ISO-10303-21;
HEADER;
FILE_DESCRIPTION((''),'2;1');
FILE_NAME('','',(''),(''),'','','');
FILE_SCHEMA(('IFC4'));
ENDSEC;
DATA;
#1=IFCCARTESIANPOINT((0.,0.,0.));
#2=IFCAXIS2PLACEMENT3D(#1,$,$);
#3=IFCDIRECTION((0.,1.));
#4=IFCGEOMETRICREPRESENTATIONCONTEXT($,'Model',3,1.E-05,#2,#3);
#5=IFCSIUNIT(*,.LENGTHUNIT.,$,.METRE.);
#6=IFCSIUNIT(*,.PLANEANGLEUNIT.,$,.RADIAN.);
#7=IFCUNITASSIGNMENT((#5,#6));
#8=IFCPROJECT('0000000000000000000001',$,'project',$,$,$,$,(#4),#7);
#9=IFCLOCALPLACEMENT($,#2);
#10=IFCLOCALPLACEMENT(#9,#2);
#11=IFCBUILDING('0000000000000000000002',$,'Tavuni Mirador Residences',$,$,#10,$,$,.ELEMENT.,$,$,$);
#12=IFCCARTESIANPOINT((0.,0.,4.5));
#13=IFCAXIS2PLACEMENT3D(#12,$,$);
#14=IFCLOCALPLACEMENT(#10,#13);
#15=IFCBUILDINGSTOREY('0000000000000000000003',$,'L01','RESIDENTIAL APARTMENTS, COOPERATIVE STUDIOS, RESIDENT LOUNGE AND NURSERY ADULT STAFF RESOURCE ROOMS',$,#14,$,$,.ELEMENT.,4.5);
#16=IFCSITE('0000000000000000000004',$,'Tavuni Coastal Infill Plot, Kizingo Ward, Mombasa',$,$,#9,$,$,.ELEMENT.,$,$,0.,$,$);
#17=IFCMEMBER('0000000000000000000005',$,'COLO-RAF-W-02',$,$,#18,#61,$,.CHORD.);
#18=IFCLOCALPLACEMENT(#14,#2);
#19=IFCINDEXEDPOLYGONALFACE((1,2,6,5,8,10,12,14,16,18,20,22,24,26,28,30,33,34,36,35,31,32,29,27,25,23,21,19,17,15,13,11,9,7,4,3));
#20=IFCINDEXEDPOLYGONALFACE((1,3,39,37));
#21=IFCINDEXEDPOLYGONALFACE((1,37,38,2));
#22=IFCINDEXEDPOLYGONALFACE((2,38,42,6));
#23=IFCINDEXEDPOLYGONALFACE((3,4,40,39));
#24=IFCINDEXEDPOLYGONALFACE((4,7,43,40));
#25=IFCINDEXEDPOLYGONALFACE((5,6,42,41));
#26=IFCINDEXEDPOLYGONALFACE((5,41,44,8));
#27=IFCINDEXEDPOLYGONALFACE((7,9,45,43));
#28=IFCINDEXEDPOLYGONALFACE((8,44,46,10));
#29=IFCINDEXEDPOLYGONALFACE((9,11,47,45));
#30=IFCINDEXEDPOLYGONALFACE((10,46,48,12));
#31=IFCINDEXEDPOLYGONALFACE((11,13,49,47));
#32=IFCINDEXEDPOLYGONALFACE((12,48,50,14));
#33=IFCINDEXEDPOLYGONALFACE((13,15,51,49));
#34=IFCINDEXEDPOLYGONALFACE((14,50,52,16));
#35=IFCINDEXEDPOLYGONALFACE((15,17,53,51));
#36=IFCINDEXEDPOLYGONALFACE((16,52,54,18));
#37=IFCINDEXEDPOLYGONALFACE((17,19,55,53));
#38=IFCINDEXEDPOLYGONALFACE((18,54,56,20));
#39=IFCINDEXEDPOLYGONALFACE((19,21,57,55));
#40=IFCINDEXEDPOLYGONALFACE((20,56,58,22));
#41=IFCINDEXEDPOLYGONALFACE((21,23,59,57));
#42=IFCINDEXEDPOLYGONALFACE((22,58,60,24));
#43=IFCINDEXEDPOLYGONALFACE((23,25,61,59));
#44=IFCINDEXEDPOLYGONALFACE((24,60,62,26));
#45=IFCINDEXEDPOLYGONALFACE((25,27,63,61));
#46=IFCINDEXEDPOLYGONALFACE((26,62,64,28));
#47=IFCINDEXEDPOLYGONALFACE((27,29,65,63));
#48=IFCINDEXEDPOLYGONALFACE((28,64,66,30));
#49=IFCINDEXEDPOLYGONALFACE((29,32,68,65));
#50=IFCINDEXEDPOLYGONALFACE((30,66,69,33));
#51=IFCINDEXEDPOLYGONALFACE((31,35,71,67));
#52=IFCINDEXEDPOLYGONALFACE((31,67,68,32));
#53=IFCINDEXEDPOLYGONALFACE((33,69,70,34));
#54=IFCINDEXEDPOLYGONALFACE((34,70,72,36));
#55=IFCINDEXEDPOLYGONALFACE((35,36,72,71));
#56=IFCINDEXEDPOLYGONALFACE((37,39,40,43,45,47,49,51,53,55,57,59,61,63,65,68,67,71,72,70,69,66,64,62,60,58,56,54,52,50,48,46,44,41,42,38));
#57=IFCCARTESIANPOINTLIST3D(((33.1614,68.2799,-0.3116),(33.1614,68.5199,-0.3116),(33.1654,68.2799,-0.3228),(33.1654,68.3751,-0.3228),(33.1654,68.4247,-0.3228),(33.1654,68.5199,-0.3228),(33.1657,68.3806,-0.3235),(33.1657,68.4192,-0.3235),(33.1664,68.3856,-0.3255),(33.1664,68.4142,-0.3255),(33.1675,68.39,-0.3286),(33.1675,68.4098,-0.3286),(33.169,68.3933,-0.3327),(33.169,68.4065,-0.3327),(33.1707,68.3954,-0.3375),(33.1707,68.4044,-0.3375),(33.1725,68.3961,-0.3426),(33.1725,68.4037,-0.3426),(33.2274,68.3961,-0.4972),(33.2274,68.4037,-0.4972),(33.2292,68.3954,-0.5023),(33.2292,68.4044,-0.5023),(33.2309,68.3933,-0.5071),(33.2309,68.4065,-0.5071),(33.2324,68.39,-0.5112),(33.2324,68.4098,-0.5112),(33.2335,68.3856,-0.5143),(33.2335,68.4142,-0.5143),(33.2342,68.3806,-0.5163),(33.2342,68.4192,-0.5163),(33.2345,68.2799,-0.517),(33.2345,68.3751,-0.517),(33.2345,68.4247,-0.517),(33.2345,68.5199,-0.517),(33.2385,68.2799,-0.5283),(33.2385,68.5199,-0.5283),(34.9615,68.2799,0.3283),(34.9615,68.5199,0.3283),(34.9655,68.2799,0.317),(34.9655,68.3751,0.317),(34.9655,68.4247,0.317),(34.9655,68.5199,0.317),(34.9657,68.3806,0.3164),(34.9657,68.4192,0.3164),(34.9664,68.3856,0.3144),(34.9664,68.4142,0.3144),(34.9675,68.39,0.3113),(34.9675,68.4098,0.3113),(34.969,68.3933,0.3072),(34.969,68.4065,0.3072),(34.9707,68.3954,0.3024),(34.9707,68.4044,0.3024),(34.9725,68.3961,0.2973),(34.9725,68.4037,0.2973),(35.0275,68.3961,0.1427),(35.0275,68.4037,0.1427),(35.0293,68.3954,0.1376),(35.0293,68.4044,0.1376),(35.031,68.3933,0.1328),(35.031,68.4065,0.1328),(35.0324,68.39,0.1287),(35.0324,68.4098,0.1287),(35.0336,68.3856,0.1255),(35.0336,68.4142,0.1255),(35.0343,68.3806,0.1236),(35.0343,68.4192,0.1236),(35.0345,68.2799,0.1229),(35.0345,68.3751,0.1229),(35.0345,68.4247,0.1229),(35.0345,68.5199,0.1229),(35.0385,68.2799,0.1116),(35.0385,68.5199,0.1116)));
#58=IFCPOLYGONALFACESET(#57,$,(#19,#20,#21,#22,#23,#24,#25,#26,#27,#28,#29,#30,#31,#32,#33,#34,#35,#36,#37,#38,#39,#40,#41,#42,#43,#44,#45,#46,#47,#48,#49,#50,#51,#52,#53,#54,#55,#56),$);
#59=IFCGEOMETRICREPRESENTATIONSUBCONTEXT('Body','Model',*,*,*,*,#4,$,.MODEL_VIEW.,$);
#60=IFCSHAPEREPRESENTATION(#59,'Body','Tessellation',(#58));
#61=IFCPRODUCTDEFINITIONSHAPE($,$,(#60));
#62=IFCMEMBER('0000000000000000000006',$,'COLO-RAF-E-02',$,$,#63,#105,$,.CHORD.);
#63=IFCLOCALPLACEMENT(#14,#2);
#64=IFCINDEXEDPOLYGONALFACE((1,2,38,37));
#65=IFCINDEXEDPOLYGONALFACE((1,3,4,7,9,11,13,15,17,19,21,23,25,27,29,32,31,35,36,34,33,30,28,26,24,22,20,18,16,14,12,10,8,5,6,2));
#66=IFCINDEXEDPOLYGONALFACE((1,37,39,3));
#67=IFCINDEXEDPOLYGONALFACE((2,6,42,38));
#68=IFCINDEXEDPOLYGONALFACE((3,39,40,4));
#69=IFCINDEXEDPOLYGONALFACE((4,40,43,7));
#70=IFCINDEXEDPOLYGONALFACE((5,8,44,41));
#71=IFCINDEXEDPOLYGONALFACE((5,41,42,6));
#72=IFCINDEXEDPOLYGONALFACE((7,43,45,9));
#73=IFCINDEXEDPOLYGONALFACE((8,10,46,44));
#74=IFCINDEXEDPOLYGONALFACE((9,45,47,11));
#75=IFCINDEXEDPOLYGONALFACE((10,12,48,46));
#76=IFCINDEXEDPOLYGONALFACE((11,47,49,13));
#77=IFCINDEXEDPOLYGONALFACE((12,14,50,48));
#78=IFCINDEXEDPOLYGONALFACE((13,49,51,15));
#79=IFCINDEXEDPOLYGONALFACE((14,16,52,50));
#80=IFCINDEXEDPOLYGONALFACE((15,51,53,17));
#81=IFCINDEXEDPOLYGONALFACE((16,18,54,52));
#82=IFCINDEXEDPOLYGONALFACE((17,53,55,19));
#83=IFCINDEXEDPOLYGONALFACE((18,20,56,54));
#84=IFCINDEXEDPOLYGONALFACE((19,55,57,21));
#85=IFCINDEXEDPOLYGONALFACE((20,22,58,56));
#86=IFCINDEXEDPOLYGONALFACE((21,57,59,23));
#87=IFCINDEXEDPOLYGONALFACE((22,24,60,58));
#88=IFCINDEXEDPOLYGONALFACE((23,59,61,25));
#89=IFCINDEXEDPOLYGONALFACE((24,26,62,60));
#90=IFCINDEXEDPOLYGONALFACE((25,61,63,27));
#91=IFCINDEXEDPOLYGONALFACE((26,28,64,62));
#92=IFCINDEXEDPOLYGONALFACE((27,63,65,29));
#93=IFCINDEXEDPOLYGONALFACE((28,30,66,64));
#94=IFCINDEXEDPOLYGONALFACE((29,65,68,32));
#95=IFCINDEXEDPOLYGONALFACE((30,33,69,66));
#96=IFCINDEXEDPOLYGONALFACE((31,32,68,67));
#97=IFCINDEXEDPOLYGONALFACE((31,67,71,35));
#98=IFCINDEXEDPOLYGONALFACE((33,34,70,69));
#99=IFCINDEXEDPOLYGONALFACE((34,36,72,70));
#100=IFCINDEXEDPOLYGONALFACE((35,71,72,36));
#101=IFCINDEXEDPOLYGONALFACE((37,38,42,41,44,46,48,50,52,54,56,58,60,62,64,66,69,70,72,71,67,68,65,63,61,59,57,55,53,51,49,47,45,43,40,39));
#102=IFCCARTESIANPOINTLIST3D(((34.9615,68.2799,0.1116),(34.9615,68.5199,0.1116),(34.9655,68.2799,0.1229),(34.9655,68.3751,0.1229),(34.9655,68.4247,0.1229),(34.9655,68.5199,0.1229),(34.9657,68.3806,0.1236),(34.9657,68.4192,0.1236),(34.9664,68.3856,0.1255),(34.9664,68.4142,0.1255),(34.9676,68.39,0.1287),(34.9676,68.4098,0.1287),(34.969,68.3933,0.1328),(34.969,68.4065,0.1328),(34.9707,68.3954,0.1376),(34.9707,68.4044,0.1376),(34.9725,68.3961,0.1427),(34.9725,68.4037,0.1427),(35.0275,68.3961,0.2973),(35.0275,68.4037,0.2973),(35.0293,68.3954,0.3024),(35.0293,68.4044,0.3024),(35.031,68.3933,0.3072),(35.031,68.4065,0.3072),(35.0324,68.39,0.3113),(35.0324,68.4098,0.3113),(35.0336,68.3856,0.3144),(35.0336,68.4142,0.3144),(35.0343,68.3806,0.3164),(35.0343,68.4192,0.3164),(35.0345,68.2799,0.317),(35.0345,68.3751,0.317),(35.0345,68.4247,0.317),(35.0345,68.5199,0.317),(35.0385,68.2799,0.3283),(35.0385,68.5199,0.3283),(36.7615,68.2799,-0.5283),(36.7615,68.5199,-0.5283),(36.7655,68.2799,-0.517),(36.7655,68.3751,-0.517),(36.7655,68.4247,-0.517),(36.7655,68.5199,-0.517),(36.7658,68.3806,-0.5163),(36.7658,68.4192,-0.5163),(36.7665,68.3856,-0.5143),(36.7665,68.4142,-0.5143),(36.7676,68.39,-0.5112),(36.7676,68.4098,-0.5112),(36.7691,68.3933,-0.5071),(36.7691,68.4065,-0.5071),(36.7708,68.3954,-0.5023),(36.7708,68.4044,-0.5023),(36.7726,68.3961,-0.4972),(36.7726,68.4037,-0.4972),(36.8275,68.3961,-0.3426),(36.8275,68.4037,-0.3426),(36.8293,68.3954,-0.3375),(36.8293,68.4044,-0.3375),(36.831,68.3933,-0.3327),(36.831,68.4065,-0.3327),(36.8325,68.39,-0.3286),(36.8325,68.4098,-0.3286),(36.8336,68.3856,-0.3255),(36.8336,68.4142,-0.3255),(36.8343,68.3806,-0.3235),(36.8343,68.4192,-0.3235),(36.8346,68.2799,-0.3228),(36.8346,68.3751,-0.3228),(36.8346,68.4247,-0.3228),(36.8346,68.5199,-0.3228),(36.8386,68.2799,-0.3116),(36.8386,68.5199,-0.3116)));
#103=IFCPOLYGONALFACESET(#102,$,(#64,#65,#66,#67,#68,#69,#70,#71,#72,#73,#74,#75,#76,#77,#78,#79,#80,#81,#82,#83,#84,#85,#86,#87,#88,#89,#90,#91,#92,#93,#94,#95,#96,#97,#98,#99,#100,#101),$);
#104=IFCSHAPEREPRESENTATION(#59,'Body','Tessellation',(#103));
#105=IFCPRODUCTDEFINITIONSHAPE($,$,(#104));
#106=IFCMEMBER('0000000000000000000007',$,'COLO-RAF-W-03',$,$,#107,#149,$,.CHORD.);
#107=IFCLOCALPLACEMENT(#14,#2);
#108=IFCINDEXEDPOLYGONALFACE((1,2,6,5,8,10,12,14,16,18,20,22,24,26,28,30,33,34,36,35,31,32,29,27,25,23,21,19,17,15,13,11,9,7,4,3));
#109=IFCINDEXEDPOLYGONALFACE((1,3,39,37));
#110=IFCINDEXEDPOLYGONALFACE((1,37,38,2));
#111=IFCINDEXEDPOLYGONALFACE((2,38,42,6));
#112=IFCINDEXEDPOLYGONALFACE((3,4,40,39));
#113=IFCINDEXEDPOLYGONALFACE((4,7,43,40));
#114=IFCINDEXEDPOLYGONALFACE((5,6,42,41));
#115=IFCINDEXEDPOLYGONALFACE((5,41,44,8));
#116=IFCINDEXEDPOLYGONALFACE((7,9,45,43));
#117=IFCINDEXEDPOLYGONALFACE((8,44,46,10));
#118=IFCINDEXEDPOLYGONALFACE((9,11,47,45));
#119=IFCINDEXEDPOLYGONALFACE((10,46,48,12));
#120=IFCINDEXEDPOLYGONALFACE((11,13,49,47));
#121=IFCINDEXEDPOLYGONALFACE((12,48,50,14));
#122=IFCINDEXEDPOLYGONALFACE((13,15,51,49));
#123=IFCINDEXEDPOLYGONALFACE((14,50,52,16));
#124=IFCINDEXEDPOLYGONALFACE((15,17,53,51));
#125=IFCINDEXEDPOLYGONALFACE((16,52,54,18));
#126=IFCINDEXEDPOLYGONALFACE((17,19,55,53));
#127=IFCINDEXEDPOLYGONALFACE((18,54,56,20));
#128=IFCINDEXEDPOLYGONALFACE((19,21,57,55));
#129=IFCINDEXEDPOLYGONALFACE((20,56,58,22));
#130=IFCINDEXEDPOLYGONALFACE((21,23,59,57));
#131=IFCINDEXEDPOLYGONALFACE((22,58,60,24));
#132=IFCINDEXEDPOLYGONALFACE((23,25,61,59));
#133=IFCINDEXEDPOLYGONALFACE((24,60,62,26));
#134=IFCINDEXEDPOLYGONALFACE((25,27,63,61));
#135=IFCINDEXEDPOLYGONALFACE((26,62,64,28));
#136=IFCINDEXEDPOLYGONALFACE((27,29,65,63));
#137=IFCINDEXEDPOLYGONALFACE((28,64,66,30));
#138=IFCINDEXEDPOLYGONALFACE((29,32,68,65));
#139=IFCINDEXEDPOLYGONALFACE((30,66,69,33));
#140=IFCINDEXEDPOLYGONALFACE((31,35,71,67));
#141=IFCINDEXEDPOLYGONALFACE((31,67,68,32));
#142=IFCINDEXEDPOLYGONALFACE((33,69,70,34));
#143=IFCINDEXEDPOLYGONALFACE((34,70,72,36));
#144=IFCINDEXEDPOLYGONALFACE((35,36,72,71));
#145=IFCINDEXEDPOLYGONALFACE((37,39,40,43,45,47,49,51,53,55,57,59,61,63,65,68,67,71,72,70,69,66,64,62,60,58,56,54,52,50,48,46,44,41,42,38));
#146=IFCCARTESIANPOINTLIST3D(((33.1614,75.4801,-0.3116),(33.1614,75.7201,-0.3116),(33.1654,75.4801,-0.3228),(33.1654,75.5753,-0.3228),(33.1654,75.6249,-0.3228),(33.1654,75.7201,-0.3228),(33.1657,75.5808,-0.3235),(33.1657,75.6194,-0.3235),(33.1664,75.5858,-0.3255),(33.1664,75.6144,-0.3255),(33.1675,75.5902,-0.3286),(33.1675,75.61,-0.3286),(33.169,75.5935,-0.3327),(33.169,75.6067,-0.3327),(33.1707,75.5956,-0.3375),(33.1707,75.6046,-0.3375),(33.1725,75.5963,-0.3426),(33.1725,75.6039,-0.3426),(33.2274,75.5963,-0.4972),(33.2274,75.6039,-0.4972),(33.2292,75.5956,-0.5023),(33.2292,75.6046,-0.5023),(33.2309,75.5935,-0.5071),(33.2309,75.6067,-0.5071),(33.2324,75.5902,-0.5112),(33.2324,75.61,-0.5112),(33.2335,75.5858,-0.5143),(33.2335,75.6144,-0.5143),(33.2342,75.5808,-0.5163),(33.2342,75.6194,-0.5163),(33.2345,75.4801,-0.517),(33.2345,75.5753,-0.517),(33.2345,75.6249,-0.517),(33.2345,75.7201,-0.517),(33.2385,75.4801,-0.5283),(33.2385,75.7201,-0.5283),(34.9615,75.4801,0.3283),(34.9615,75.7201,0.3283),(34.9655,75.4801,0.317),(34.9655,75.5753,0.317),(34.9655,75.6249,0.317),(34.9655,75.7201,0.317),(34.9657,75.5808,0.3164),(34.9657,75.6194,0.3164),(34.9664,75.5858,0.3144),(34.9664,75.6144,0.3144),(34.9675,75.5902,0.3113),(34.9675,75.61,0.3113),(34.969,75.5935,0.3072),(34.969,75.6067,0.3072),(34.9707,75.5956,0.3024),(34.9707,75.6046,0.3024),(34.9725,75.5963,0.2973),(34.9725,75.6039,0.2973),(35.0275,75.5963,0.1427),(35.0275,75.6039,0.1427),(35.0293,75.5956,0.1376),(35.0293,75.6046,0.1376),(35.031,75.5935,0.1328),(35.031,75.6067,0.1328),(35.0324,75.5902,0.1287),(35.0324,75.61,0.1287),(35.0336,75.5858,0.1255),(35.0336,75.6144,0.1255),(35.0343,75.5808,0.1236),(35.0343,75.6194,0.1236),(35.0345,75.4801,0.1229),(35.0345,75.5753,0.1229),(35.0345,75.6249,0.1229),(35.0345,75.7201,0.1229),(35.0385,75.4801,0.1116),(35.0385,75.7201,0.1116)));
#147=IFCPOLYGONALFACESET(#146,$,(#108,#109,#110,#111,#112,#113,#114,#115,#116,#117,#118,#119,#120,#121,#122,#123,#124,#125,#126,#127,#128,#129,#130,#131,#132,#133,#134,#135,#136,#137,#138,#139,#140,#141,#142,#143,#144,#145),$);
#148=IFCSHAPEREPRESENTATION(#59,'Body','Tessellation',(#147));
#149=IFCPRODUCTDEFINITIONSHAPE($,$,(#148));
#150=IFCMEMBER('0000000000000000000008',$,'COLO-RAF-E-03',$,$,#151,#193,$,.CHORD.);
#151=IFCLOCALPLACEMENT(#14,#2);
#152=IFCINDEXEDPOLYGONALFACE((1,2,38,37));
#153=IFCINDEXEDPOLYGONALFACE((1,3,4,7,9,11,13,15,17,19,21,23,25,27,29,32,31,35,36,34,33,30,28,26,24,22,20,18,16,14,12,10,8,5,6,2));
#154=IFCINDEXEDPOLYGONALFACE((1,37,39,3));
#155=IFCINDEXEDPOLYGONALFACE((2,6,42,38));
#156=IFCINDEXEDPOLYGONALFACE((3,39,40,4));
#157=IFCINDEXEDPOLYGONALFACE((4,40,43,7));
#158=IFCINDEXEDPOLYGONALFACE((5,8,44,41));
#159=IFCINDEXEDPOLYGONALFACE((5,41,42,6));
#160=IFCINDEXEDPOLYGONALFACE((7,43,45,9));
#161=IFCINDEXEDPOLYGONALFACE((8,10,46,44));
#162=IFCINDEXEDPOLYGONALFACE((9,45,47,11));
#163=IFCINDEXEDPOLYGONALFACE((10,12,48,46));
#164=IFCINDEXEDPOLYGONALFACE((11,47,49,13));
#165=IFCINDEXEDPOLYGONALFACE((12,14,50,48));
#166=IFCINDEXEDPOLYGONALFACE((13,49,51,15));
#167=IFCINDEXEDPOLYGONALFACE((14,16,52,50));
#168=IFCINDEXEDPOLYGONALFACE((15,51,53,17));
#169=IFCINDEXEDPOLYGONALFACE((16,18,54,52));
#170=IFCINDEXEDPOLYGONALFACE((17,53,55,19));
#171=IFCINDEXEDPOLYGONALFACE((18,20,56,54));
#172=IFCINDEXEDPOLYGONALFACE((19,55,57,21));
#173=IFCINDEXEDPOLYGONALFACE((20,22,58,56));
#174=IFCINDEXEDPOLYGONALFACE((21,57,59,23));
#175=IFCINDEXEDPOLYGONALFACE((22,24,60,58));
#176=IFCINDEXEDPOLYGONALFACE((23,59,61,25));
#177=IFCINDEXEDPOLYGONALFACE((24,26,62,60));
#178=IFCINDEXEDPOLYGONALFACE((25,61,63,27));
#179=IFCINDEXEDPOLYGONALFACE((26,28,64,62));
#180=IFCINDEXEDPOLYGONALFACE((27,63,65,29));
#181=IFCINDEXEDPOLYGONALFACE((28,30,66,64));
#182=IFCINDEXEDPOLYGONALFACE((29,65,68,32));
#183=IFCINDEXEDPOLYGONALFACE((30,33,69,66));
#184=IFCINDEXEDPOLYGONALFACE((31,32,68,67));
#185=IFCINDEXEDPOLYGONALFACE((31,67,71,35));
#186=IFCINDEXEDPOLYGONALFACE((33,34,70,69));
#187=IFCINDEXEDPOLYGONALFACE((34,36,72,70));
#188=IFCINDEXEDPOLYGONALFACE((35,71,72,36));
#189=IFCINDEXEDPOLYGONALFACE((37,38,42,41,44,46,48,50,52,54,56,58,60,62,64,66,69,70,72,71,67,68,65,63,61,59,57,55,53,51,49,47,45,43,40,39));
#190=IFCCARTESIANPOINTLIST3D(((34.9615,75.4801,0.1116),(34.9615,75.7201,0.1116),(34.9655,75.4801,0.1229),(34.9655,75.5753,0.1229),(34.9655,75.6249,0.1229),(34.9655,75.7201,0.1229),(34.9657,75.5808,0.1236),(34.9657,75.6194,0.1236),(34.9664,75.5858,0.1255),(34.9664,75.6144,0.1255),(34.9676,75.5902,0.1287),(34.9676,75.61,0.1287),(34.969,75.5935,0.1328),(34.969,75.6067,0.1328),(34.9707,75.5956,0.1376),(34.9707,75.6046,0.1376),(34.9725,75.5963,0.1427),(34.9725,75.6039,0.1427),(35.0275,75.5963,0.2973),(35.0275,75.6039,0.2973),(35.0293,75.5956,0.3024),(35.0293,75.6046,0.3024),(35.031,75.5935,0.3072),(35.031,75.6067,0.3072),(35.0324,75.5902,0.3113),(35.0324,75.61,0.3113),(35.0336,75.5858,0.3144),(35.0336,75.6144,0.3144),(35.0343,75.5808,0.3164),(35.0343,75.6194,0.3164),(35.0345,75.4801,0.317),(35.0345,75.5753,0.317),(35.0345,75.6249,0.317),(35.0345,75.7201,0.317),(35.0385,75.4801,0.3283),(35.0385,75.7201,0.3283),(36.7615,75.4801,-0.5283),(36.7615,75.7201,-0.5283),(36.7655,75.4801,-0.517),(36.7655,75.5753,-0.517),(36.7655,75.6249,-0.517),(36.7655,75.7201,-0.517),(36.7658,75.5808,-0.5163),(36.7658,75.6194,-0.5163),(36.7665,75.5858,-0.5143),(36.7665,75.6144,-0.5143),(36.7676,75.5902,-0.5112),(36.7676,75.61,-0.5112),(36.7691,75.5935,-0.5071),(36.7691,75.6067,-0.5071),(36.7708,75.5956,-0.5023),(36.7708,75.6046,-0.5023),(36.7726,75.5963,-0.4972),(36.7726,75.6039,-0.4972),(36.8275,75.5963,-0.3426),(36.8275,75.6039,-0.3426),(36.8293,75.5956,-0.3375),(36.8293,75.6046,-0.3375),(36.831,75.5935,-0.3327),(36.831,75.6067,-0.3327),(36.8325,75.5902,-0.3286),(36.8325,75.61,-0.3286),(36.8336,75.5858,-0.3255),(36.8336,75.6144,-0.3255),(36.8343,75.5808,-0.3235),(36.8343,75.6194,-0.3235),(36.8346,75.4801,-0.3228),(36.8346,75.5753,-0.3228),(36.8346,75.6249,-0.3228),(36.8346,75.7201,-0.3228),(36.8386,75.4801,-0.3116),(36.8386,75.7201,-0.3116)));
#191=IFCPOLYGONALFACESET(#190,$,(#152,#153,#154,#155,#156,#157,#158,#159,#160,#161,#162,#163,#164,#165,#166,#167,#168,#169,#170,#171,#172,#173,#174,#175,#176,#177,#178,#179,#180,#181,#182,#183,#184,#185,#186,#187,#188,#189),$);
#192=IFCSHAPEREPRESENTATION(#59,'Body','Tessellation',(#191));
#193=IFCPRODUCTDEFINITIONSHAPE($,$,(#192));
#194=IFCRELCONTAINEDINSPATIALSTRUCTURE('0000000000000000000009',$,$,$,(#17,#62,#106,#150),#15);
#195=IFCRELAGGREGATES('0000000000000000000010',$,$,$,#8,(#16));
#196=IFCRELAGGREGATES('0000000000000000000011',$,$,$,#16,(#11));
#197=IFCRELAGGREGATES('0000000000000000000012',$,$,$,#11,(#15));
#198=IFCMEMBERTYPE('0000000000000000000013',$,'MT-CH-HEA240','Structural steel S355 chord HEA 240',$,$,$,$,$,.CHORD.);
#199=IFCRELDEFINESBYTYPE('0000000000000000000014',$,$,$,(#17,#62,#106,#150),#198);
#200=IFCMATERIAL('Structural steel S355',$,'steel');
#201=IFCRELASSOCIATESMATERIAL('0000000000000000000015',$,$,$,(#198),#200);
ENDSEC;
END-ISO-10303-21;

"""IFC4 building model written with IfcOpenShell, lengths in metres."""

from ifc_helpers import new_model, si_unit, direction, frame, origin, origin_2d, place, context, subcontext, project, spatial, i_section, extrude, material, material_profile, profile_set, type_object, element, save


model = new_model("IFC4")

# Units and contexts
model_context = context("Model", 3, precision=1e-05, world=origin(), true_north=direction((0.0, 1.0)))
body_context = subcontext(model_context, "Body", "Model", "MODEL_VIEW")
ifc_project = project(units=[si_unit("LENGTHUNIT", "METRE"), si_unit("PLANEANGLEUNIT", "RADIAN")], contexts=[model_context])

# Site, building, storey
site_placement = place(None, origin())
site = spatial("IfcSite", under=ifc_project, at=site_placement, Name="Tavuni Coastal Infill Plot, Kizingo Ward, Mombasa", CompositionType="ELEMENT", RefElevation=0.0)
building_placement = place(site_placement, origin())
building = spatial("IfcBuilding", under=site, at=building_placement, Name="Tavuni Mirador Residences", CompositionType="ELEMENT")
storey_placement = place(building_placement, frame((0.0, 0.0, 4.5)))
storey = spatial("IfcBuildingStorey", under=building, at=storey_placement, Name="L01", Description="RESIDENTIAL APARTMENTS, COOPERATIVE STUDIOS, RESIDENT LOUNGE AND NURSERY ADULT STAFF RESOURCE ROOMS", CompositionType="ELEMENT", Elevation=4.5)

# Shared definitions
ifc_material = material(Name="Structural steel S355", Category="steel")

# Members
ifc_material_profile_1 = material_profile(ifc_material, i_section(OverallWidth=0.24, OverallDepth=0.23, WebThickness=0.0076, FlangeThickness=0.012, FilletRadius=0.021, at=origin_2d()), Name="HEA 240", Category="steel")
ifc_profile_set_1 = profile_set([ifc_material_profile_1], Name="Structural steel S355")
member_type_1 = type_object("IfcMemberType", Name="MT-CH-HEA240", Description="Structural steel S355 chord HEA 240", PredefinedType="CHORD", material=ifc_profile_set_1)
for number, where, z_axis, x_axis, name in (
    (1, (33.2, 68.3999, -0.4199), (0.942235, 0.0, 0.334952), (0.0, 1.0, 0.0), "COLO-RAF-W-02"),
    (2, (35.0, 68.3999, 0.22), (0.942235, 0.0, -0.334952), (0.0, 1.0, 0.0), "COLO-RAF-E-02"),
    (3, (33.2, 75.6001, -0.4199), (0.942235, 0.0, 0.334952), (0.0, 1.0, 0.0), "COLO-RAF-W-03"),
    (4, (35.0, 75.6001, 0.22), (0.942235, 0.0, -0.334952), (0.0, 1.0, 0.0), "COLO-RAF-E-03"),
):
    element("IfcMember", number, at=place(storey_placement, frame(where, z_axis=z_axis, x_axis=x_axis)), inside=storey, type_object=member_type_1, Name=name, PredefinedType="CHORD", context=body_context, shape_type="SweptSolid", body=[
        extrude(i_section(OverallWidth=0.24, OverallDepth=0.23, WebThickness=0.0076, FlangeThickness=0.012, FilletRadius=0.021, at=origin_2d()), origin(), (0.0, 0.0, 1.0), 1.9104),
    ])

save(model, "model.ifc")
